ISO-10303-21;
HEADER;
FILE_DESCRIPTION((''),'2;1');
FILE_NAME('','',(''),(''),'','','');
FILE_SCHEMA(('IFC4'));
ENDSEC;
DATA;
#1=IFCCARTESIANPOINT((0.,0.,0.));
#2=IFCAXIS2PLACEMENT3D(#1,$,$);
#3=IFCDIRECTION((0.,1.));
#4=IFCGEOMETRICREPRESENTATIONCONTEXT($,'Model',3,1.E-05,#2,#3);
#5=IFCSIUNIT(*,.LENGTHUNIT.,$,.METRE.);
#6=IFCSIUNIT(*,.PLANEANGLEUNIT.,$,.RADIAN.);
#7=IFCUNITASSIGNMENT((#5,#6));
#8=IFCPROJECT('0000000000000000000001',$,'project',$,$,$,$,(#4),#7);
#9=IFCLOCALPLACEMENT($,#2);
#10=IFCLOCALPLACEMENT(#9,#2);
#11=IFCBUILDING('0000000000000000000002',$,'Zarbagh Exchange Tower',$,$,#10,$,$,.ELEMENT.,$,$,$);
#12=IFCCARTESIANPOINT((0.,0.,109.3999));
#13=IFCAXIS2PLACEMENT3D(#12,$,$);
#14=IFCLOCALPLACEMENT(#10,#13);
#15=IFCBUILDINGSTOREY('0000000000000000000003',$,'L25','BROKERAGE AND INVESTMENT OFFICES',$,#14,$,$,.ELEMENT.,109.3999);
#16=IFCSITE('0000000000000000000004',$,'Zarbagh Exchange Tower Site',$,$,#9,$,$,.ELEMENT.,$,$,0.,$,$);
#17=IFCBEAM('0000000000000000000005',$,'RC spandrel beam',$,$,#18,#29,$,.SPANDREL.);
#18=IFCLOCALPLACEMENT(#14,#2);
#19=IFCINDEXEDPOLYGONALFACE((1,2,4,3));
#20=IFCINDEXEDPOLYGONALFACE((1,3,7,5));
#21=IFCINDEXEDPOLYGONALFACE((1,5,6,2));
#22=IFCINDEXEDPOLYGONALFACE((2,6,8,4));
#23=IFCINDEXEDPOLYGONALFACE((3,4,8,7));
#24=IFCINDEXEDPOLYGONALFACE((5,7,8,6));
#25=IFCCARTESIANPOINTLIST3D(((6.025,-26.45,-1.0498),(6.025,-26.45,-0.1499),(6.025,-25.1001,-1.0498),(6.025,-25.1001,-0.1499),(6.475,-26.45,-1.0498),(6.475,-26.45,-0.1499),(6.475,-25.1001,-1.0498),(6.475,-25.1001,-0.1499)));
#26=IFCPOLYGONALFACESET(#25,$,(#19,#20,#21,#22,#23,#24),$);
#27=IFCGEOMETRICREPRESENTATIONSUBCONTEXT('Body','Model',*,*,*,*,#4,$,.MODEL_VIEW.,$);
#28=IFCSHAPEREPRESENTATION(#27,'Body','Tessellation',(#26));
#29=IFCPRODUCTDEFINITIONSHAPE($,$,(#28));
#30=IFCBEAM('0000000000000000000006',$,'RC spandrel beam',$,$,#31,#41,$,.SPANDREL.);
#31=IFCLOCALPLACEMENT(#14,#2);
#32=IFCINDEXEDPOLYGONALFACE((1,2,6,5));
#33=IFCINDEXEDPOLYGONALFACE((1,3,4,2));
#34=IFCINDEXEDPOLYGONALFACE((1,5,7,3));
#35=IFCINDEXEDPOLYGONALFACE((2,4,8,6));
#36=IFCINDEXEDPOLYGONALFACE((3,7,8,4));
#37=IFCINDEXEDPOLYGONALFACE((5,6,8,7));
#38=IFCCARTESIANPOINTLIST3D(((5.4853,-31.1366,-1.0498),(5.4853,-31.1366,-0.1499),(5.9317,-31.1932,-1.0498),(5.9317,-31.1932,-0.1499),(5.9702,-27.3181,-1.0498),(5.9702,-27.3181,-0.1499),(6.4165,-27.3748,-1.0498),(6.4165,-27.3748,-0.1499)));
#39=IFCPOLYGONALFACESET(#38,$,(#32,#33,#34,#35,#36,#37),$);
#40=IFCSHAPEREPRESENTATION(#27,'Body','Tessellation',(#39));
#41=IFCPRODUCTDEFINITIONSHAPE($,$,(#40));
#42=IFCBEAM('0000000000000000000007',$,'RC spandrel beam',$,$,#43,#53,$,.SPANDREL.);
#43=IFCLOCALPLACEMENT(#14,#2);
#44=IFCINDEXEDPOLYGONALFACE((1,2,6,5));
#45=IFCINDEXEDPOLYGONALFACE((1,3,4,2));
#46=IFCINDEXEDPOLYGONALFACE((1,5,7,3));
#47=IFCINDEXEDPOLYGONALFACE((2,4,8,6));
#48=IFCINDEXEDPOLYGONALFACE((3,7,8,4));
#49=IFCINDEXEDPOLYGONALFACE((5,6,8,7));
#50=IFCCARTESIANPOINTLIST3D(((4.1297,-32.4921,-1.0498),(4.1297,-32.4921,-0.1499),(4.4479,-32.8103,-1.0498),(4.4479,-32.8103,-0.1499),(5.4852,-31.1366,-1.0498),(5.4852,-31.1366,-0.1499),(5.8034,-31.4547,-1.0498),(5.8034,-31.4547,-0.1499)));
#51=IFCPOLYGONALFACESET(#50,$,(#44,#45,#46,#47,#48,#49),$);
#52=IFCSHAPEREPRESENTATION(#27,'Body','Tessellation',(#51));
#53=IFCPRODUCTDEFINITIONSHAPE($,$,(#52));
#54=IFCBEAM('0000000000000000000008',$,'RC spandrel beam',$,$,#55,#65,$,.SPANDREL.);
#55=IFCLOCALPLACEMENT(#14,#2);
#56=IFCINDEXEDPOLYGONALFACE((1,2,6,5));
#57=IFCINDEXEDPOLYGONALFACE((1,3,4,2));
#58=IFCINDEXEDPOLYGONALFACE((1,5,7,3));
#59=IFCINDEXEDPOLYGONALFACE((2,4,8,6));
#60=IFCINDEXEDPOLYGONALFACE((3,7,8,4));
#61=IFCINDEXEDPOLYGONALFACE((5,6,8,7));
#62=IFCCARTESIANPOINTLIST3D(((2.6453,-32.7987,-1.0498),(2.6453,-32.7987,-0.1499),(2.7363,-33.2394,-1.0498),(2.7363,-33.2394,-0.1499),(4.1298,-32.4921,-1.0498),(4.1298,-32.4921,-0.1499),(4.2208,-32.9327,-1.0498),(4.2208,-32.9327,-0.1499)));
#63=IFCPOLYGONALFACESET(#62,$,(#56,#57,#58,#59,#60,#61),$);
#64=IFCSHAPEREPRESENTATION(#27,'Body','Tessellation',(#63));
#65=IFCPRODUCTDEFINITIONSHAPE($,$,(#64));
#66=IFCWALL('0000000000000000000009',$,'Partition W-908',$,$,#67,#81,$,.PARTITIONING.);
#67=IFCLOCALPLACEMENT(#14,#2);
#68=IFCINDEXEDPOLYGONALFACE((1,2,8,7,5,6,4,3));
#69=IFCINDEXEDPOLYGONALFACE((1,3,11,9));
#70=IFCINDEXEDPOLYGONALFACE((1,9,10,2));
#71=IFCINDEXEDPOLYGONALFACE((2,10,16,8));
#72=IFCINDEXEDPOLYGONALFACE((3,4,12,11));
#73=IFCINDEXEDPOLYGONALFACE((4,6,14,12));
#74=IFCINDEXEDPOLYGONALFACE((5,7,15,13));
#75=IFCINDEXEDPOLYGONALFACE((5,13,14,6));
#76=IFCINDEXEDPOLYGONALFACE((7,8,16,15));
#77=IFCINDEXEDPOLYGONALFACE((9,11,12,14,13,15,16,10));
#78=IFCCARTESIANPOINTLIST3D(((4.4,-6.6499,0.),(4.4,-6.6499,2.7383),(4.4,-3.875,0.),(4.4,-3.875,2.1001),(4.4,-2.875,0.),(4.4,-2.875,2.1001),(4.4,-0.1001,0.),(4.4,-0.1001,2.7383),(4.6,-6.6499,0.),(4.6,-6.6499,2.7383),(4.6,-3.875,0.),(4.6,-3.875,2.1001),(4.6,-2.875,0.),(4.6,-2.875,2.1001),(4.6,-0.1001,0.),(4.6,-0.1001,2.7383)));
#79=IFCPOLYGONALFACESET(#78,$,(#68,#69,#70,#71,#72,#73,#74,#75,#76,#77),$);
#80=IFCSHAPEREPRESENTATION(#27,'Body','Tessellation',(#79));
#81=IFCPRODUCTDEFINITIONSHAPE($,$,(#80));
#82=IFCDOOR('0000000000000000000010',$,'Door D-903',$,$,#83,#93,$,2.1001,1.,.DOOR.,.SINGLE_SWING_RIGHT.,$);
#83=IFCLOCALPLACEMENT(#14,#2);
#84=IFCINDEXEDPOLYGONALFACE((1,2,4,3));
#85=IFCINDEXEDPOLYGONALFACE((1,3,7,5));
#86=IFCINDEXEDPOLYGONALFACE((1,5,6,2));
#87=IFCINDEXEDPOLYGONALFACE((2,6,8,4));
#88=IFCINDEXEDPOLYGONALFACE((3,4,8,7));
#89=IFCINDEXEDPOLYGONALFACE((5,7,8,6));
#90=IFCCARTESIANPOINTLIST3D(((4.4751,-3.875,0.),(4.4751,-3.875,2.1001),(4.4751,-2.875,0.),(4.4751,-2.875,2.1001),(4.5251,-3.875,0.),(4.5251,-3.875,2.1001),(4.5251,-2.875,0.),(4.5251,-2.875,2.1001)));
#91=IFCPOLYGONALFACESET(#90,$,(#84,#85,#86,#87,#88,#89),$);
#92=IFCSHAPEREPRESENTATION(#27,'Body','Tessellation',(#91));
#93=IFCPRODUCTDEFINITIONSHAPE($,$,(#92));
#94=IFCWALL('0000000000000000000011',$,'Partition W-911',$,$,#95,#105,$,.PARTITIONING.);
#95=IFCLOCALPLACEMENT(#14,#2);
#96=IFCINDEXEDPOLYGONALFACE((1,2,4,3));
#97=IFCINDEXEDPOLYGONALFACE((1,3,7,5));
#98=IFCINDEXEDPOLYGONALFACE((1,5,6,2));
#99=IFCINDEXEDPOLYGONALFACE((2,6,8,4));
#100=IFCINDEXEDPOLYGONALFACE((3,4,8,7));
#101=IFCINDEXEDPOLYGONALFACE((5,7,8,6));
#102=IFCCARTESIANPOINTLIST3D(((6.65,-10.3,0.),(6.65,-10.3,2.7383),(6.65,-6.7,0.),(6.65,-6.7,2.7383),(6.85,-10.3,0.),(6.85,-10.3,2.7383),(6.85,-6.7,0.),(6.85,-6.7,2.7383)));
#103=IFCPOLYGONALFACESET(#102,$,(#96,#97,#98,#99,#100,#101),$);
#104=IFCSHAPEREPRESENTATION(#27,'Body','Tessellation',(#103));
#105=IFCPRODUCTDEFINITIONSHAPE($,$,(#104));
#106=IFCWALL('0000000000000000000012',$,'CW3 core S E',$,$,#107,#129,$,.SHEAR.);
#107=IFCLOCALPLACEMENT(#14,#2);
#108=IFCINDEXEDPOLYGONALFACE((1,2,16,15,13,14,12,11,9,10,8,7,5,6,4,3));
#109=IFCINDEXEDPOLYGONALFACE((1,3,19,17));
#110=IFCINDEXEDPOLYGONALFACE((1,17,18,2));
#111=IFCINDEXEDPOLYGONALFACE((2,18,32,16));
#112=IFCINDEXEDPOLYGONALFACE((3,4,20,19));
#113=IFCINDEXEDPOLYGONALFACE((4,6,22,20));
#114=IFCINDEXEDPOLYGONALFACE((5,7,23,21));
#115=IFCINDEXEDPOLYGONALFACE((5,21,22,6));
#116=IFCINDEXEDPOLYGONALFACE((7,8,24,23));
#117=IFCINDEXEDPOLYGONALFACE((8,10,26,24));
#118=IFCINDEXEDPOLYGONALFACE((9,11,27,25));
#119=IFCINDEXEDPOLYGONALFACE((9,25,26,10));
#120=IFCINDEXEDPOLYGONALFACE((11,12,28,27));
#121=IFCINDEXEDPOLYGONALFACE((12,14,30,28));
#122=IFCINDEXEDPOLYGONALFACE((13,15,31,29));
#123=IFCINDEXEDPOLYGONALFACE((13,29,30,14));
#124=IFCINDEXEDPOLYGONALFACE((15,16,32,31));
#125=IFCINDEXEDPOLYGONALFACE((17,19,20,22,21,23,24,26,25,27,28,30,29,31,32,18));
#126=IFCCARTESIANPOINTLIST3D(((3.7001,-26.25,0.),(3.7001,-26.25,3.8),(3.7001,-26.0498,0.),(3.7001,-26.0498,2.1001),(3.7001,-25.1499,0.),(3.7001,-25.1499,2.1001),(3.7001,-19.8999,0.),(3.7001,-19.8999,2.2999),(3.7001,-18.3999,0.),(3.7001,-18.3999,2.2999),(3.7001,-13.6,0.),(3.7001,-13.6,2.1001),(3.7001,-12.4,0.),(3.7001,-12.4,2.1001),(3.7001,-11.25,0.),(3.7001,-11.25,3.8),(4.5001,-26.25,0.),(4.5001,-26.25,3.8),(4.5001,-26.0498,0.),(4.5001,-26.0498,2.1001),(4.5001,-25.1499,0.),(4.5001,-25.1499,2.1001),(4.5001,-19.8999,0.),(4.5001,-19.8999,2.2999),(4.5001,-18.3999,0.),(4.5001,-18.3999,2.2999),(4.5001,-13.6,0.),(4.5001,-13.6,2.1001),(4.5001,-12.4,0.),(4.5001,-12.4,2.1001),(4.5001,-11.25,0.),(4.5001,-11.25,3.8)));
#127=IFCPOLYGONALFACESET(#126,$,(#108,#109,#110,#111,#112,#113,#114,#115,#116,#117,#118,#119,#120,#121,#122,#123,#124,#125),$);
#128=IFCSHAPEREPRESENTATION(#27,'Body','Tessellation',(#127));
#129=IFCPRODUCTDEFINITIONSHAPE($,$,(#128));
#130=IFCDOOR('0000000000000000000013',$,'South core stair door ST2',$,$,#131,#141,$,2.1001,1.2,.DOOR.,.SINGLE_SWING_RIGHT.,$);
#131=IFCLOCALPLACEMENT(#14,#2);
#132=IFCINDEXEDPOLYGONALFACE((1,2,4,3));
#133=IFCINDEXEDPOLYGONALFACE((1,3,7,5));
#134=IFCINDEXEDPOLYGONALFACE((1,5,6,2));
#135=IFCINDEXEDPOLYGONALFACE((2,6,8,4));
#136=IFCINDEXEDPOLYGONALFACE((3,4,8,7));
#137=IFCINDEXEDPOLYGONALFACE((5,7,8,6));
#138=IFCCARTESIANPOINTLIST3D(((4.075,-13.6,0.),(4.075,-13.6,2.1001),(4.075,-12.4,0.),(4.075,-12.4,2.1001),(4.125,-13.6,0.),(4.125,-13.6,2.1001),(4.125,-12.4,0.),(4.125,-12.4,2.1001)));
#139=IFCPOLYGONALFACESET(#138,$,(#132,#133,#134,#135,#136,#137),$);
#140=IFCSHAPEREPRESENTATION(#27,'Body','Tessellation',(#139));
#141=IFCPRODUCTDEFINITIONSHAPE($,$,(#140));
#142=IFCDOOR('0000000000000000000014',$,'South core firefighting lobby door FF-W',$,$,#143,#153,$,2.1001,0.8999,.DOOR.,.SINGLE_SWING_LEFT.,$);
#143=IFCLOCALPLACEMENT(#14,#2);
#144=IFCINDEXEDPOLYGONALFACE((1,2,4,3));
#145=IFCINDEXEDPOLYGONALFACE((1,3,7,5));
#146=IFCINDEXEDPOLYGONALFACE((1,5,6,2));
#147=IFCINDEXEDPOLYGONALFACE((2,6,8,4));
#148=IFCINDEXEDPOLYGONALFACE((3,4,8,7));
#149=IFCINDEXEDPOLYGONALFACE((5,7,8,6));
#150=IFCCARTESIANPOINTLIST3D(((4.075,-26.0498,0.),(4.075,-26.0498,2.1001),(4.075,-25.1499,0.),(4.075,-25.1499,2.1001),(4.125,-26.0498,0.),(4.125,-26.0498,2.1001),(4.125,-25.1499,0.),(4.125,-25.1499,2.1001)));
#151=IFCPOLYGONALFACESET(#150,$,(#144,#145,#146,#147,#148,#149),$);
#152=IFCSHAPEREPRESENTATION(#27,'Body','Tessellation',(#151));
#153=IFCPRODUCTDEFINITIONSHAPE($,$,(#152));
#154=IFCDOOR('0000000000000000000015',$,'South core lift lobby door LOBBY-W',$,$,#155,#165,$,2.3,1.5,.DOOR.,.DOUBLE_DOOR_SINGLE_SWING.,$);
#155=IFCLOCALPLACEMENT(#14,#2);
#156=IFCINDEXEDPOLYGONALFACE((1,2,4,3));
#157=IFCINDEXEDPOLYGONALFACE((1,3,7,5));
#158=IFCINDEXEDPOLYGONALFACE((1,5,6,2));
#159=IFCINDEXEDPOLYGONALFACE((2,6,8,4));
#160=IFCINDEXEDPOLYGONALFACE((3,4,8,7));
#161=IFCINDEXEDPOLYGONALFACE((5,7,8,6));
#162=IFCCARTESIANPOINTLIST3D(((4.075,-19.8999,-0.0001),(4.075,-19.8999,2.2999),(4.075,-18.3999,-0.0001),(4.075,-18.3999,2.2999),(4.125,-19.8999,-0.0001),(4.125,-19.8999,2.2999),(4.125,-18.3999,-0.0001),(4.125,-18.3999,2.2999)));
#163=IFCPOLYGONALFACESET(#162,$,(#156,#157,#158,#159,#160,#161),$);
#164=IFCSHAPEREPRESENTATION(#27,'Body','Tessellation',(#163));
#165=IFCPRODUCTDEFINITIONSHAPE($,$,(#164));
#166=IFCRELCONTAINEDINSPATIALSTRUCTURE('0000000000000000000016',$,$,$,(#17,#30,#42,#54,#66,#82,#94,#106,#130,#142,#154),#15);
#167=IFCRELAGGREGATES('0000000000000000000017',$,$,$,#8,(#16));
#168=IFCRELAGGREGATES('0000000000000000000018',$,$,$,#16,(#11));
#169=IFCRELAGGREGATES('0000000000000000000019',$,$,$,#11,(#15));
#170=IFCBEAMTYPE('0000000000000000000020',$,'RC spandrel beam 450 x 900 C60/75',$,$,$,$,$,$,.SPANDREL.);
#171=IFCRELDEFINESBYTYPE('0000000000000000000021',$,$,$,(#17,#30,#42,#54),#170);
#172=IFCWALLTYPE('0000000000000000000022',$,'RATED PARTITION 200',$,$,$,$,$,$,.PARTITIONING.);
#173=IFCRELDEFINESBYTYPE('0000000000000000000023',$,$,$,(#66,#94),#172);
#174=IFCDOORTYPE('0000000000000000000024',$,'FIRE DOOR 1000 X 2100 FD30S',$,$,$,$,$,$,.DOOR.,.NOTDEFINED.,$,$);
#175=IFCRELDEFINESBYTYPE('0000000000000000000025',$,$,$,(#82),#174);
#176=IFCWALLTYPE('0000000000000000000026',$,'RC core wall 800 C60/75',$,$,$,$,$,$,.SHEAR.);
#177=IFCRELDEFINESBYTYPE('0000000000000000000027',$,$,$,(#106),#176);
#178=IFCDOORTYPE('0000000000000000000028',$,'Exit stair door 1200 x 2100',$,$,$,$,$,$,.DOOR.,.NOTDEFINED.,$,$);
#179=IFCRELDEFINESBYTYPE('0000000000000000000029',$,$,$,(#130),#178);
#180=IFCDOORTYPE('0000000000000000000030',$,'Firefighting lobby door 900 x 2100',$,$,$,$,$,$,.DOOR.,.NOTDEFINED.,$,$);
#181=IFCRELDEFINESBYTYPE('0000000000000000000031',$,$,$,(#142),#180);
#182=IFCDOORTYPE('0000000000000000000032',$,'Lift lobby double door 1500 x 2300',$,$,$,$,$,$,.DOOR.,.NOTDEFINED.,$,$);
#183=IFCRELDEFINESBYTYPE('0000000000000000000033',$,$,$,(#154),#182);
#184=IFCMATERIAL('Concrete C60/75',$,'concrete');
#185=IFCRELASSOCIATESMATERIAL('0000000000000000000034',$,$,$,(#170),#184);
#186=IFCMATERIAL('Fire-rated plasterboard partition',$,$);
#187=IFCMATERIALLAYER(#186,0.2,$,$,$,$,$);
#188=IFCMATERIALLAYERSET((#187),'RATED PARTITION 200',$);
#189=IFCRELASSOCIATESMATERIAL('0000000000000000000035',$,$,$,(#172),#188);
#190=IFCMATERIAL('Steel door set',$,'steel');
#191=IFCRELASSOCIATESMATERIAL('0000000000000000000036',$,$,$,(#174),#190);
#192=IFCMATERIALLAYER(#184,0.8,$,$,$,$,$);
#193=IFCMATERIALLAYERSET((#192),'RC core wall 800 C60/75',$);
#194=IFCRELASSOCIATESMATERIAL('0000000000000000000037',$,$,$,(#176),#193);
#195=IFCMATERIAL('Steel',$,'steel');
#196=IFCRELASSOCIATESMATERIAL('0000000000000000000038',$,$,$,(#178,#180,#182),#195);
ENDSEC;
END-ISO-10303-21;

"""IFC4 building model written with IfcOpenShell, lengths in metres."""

from ifc_helpers import new_model, si_unit, direction, frame, frame_2d, origin, origin_2d, place, context, subcontext, project, spatial, rectangle, extrude, material, layer, layer_set, material_profile, profile_set, type_object, element, fill, save


model = new_model("IFC4")

# Units and contexts
model_context = context("Model", 3, precision=1e-05, world=origin(), true_north=direction((0.0, 1.0)))
body_context = subcontext(model_context, "Body", "Model", "MODEL_VIEW")
ifc_project = project(units=[si_unit("LENGTHUNIT", "METRE"), si_unit("PLANEANGLEUNIT", "RADIAN")], contexts=[model_context])

# Site, building, storey
site_placement = place(None, origin())
site = spatial("IfcSite", under=ifc_project, at=site_placement, Name="Zarbagh Exchange Tower Site", CompositionType="ELEMENT", RefElevation=0.0)
building_placement = place(site_placement, origin())
building = spatial("IfcBuilding", under=site, at=building_placement, Name="Zarbagh Exchange Tower", CompositionType="ELEMENT")
storey_placement = place(building_placement, frame((0.0, 0.0, 109.3999)))
storey = spatial("IfcBuildingStorey", under=building, at=storey_placement, Name="L25", Description="BROKERAGE AND INVESTMENT OFFICES", CompositionType="ELEMENT", Elevation=109.3999)

# Shared definitions
ifc_material_1 = material(Name="Concrete C60/75", Category="concrete")

# Beams
ifc_material_profile_1 = material_profile(ifc_material_1, rectangle(XDim=0.45, YDim=0.8999, at=origin_2d()), Name="RC spandrel beam 450 x 900 C60/75")
ifc_profile_set_1 = profile_set([ifc_material_profile_1], Name="Concrete C60/75")
beam_type_1 = type_object("IfcBeamType", Name="RC spandrel beam 450 x 900 C60/75", PredefinedType="SPANDREL", material=ifc_profile_set_1)
beam_1_placement = place(storey_placement, frame((6.25, -25.1001, -0.5999), z_axis=(0.0, -1.0, 0.0), x_axis=(1.0, 0.0, 0.0)))
element("IfcBeam", 1, at=beam_1_placement, inside=storey, type_object=beam_type_1, Name="RC spandrel beam", PredefinedType="SPANDREL", context=body_context, shape_type="SweptSolid", body=[
    extrude(rectangle(XDim=0.45, YDim=0.8999, at=origin_2d()), origin(), (0.0, 0.0, 1.0), 1.3499),
])
beam_2_placement = place(storey_placement, frame((6.1934, -27.3464, -0.5999), z_axis=(-0.125971, -0.992034, 0.0), x_axis=(0.992034, -0.125971, 0.0)))
element("IfcBeam", 2, at=beam_2_placement, inside=storey, type_object=beam_type_1, Name="RC spandrel beam", PredefinedType="SPANDREL", context=body_context, shape_type="SweptSolid", body=[
    extrude(rectangle(XDim=0.45, YDim=0.8999, at=origin_2d()), origin(), (0.0, 0.0, 1.0), 3.8491),
])
beam_3_placement = place(storey_placement, frame((5.6443, -31.2957, -0.5999), z_axis=(-0.707107, -0.707107, 0.0), x_axis=(0.707107, -0.707107, 0.0)))
element("IfcBeam", 3, at=beam_3_placement, inside=storey, type_object=beam_type_1, Name="RC spandrel beam", PredefinedType="SPANDREL", context=body_context, shape_type="SweptSolid", body=[
    extrude(rectangle(XDim=0.45, YDim=0.8999, at=origin_2d()), origin(), (0.0, 0.0, 1.0), 1.917),
])
beam_4_placement = place(storey_placement, frame((4.1753, -32.7124, -0.5999), z_axis=(-0.979329, -0.202275, 0.0), x_axis=(0.202275, -0.979329, 0.0)))
element("IfcBeam", 4, at=beam_4_placement, inside=storey, type_object=beam_type_1, Name="RC spandrel beam", PredefinedType="SPANDREL", context=body_context, shape_type="SweptSolid", body=[
    extrude(rectangle(XDim=0.45, YDim=0.8999, at=origin_2d()), origin(), (0.0, 0.0, 1.0), 1.5159),
])

# Wall, opening, door
ifc_material_2 = material(Name="Fire-rated plasterboard partition")
ifc_layer_1 = layer(ifc_material_2, 0.2)
ifc_layer_set_1 = layer_set([ifc_layer_1], Name="RATED PARTITION 200")
wall_type_1 = type_object("IfcWallType", Name="RATED PARTITION 200", PredefinedType="PARTITIONING", material=ifc_layer_set_1)
wall_1_placement = place(storey_placement, frame((4.5, -6.6499, 0.0), z_axis=(0.0, 0.0, 1.0), x_axis=(0.0, 1.0, 0.0)))
wall_1 = element("IfcWall", 5, at=wall_1_placement, inside=storey, type_object=wall_type_1, Name="Partition W-908", PredefinedType="PARTITIONING", context=body_context, shape_type="SweptSolid", body=[
    extrude(rectangle(XDim=6.5498, YDim=0.2, at=frame_2d((3.2749, 0.0))), origin(), (0.0, 0.0, 1.0), 2.7383),
])
opening_1_placement = place(wall_1_placement, frame((2.7749, 0.0, 0.0)))
opening_1 = element("IfcOpeningElement", 6, at=opening_1_placement, cuts=wall_1, PredefinedType="OPENING", context=body_context, shape_type="SweptSolid", body=[
    extrude(rectangle(XDim=1.0, YDim=2.1001, at=frame_2d((0.5, 1.05))), frame((0.0, 0.1099, 0.0), z_axis=(0.0, -1.0, 0.0), x_axis=(1.0, 0.0, 0.0)), (0.0, 0.0, 1.0), 0.22),
])
ifc_material_3 = material(Name="Steel door set", Category="steel")
door_type_1 = type_object("IfcDoorType", Name="FIRE DOOR 1000 X 2100 FD30S", OperationType="NOTDEFINED", PredefinedType="DOOR", material=ifc_material_3)
door_1_placement = place(opening_1_placement, origin())
door_1 = element("IfcDoor", 7, at=door_1_placement, inside=storey, type_object=door_type_1, Name="Door D-903", OperationType="SINGLE_SWING_RIGHT", OverallHeight=2.1001, OverallWidth=1.0, PredefinedType="DOOR", context=body_context, shape_type="SweptSolid", body=[
    extrude(rectangle(XDim=1.0, YDim=2.1001, at=frame_2d((0.5, 1.05))), frame((0.0, 0.0249, 0.0), z_axis=(0.0, -1.0, 0.0), x_axis=(1.0, 0.0, 0.0)), (0.0, 0.0, 1.0), 0.05),
])
fill(opening_1, door_1)

# Wall
wall_2_placement = place(storey_placement, frame((6.75, -10.3, 0.0), z_axis=(0.0, 0.0, 1.0), x_axis=(0.0, 1.0, 0.0)))
element("IfcWall", 8, at=wall_2_placement, inside=storey, type_object=wall_type_1, Name="Partition W-911", PredefinedType="PARTITIONING", context=body_context, shape_type="SweptSolid", body=[
    extrude(rectangle(XDim=3.6001, YDim=0.2, at=frame_2d((1.8, 0.0))), origin(), (0.0, 0.0, 1.0), 2.7383),
])

# Wall, openings, doors
ifc_layer_2 = layer(ifc_material_1, 0.8)
ifc_layer_set_2 = layer_set([ifc_layer_2], Name="RC core wall 800 C60/75")
wall_type_2 = type_object("IfcWallType", Name="RC core wall 800 C60/75", PredefinedType="SHEAR", material=ifc_layer_set_2)
wall_3_placement = place(storey_placement, frame((4.1001, -11.25, 0.0), z_axis=(0.0, 0.0, 1.0), x_axis=(0.0, -1.0, 0.0)))
wall_3 = element("IfcWall", 9, at=wall_3_placement, inside=storey, type_object=wall_type_2, Name="CW3 core S E", PredefinedType="SHEAR", context=body_context, shape_type="SweptSolid", body=[
    extrude(rectangle(XDim=15.0, YDim=0.8, at=frame_2d((7.5, 0.0))), origin(), (0.0, 0.0, 1.0), 3.8),
])
opening_2_placement = place(wall_3_placement, frame((7.1499, 0.0, 0.0)))
opening_2 = element("IfcOpeningElement", 10, at=opening_2_placement, cuts=wall_3, PredefinedType="OPENING", context=body_context, shape_type="SweptSolid", body=[
    extrude(rectangle(XDim=1.5, YDim=2.3, at=frame_2d((0.75, 1.1499))), frame((0.0, 0.4099, 0.0), z_axis=(0.0, -1.0, 0.0), x_axis=(1.0, 0.0, 0.0)), (0.0, 0.0, 1.0), 0.8201),
])
opening_3_placement = place(wall_3_placement, frame((13.8999, 0.0, 0.0)))
opening_3 = element("IfcOpeningElement", 11, at=opening_3_placement, cuts=wall_3, PredefinedType="OPENING", context=body_context, shape_type="SweptSolid", body=[
    extrude(rectangle(XDim=0.8999, YDim=2.1001, at=frame_2d((0.45, 1.05))), frame((0.0, 0.4099, 0.0), z_axis=(0.0, -1.0, 0.0), x_axis=(1.0, 0.0, 0.0)), (0.0, 0.0, 1.0), 0.8201),
])
opening_4_placement = place(wall_3_placement, frame((1.1499, 0.0, 0.0)))
opening_4 = element("IfcOpeningElement", 12, at=opening_4_placement, cuts=wall_3, PredefinedType="OPENING", context=body_context, shape_type="SweptSolid", body=[
    extrude(rectangle(XDim=1.2, YDim=2.1001, at=frame_2d((0.6001, 1.05))), frame((0.0, 0.4099, 0.0), z_axis=(0.0, -1.0, 0.0), x_axis=(1.0, 0.0, 0.0)), (0.0, 0.0, 1.0), 0.8201),
])
ifc_material_4 = material(Name="Steel", Category="steel")
door_type_2 = type_object("IfcDoorType", Name="Exit stair door 1200 x 2100", OperationType="NOTDEFINED", PredefinedType="DOOR", material=ifc_material_4)
door_2_placement = place(opening_4_placement, origin())
door_2 = element("IfcDoor", 13, at=door_2_placement, inside=storey, type_object=door_type_2, Name="South core stair door ST2", OperationType="SINGLE_SWING_RIGHT", OverallHeight=2.1001, OverallWidth=1.2, PredefinedType="DOOR", context=body_context, shape_type="SweptSolid", body=[
    extrude(rectangle(XDim=1.2, YDim=2.1001, at=frame_2d((0.6001, 1.05))), frame((0.0, 0.0249, 0.0), z_axis=(0.0, -1.0, 0.0), x_axis=(1.0, 0.0, 0.0)), (0.0, 0.0, 1.0), 0.05),
])
fill(opening_4, door_2)
door_type_3 = type_object("IfcDoorType", Name="Firefighting lobby door 900 x 2100", OperationType="NOTDEFINED", PredefinedType="DOOR", material=ifc_material_4)
door_3_placement = place(opening_3_placement, origin())
door_3 = element("IfcDoor", 14, at=door_3_placement, inside=storey, type_object=door_type_3, Name="South core firefighting lobby door FF-W", OperationType="SINGLE_SWING_LEFT", OverallHeight=2.1001, OverallWidth=0.8999, PredefinedType="DOOR", context=body_context, shape_type="SweptSolid", body=[
    extrude(rectangle(XDim=0.8999, YDim=2.1001, at=frame_2d((0.45, 1.05))), frame((0.0, 0.0249, 0.0), z_axis=(0.0, -1.0, 0.0), x_axis=(1.0, 0.0, 0.0)), (0.0, 0.0, 1.0), 0.05),
])
fill(opening_3, door_3)
door_type_4 = type_object("IfcDoorType", Name="Lift lobby double door 1500 x 2300", OperationType="NOTDEFINED", PredefinedType="DOOR", material=ifc_material_4)
door_4_placement = place(opening_2_placement, origin())
door_4 = element("IfcDoor", 15, at=door_4_placement, inside=storey, type_object=door_type_4, Name="South core lift lobby door LOBBY-W", OperationType="DOUBLE_DOOR_SINGLE_SWING", OverallHeight=2.3, OverallWidth=1.5, PredefinedType="DOOR", context=body_context, shape_type="SweptSolid", body=[
    extrude(rectangle(XDim=1.5, YDim=2.3, at=frame_2d((0.75, 1.1499))), frame((0.0, 0.0249, 0.0), z_axis=(0.0, -1.0, 0.0), x_axis=(1.0, 0.0, 0.0)), (0.0, 0.0, 1.0), 0.05),
])
fill(opening_2, door_4)

save(model, "model.ifc")
